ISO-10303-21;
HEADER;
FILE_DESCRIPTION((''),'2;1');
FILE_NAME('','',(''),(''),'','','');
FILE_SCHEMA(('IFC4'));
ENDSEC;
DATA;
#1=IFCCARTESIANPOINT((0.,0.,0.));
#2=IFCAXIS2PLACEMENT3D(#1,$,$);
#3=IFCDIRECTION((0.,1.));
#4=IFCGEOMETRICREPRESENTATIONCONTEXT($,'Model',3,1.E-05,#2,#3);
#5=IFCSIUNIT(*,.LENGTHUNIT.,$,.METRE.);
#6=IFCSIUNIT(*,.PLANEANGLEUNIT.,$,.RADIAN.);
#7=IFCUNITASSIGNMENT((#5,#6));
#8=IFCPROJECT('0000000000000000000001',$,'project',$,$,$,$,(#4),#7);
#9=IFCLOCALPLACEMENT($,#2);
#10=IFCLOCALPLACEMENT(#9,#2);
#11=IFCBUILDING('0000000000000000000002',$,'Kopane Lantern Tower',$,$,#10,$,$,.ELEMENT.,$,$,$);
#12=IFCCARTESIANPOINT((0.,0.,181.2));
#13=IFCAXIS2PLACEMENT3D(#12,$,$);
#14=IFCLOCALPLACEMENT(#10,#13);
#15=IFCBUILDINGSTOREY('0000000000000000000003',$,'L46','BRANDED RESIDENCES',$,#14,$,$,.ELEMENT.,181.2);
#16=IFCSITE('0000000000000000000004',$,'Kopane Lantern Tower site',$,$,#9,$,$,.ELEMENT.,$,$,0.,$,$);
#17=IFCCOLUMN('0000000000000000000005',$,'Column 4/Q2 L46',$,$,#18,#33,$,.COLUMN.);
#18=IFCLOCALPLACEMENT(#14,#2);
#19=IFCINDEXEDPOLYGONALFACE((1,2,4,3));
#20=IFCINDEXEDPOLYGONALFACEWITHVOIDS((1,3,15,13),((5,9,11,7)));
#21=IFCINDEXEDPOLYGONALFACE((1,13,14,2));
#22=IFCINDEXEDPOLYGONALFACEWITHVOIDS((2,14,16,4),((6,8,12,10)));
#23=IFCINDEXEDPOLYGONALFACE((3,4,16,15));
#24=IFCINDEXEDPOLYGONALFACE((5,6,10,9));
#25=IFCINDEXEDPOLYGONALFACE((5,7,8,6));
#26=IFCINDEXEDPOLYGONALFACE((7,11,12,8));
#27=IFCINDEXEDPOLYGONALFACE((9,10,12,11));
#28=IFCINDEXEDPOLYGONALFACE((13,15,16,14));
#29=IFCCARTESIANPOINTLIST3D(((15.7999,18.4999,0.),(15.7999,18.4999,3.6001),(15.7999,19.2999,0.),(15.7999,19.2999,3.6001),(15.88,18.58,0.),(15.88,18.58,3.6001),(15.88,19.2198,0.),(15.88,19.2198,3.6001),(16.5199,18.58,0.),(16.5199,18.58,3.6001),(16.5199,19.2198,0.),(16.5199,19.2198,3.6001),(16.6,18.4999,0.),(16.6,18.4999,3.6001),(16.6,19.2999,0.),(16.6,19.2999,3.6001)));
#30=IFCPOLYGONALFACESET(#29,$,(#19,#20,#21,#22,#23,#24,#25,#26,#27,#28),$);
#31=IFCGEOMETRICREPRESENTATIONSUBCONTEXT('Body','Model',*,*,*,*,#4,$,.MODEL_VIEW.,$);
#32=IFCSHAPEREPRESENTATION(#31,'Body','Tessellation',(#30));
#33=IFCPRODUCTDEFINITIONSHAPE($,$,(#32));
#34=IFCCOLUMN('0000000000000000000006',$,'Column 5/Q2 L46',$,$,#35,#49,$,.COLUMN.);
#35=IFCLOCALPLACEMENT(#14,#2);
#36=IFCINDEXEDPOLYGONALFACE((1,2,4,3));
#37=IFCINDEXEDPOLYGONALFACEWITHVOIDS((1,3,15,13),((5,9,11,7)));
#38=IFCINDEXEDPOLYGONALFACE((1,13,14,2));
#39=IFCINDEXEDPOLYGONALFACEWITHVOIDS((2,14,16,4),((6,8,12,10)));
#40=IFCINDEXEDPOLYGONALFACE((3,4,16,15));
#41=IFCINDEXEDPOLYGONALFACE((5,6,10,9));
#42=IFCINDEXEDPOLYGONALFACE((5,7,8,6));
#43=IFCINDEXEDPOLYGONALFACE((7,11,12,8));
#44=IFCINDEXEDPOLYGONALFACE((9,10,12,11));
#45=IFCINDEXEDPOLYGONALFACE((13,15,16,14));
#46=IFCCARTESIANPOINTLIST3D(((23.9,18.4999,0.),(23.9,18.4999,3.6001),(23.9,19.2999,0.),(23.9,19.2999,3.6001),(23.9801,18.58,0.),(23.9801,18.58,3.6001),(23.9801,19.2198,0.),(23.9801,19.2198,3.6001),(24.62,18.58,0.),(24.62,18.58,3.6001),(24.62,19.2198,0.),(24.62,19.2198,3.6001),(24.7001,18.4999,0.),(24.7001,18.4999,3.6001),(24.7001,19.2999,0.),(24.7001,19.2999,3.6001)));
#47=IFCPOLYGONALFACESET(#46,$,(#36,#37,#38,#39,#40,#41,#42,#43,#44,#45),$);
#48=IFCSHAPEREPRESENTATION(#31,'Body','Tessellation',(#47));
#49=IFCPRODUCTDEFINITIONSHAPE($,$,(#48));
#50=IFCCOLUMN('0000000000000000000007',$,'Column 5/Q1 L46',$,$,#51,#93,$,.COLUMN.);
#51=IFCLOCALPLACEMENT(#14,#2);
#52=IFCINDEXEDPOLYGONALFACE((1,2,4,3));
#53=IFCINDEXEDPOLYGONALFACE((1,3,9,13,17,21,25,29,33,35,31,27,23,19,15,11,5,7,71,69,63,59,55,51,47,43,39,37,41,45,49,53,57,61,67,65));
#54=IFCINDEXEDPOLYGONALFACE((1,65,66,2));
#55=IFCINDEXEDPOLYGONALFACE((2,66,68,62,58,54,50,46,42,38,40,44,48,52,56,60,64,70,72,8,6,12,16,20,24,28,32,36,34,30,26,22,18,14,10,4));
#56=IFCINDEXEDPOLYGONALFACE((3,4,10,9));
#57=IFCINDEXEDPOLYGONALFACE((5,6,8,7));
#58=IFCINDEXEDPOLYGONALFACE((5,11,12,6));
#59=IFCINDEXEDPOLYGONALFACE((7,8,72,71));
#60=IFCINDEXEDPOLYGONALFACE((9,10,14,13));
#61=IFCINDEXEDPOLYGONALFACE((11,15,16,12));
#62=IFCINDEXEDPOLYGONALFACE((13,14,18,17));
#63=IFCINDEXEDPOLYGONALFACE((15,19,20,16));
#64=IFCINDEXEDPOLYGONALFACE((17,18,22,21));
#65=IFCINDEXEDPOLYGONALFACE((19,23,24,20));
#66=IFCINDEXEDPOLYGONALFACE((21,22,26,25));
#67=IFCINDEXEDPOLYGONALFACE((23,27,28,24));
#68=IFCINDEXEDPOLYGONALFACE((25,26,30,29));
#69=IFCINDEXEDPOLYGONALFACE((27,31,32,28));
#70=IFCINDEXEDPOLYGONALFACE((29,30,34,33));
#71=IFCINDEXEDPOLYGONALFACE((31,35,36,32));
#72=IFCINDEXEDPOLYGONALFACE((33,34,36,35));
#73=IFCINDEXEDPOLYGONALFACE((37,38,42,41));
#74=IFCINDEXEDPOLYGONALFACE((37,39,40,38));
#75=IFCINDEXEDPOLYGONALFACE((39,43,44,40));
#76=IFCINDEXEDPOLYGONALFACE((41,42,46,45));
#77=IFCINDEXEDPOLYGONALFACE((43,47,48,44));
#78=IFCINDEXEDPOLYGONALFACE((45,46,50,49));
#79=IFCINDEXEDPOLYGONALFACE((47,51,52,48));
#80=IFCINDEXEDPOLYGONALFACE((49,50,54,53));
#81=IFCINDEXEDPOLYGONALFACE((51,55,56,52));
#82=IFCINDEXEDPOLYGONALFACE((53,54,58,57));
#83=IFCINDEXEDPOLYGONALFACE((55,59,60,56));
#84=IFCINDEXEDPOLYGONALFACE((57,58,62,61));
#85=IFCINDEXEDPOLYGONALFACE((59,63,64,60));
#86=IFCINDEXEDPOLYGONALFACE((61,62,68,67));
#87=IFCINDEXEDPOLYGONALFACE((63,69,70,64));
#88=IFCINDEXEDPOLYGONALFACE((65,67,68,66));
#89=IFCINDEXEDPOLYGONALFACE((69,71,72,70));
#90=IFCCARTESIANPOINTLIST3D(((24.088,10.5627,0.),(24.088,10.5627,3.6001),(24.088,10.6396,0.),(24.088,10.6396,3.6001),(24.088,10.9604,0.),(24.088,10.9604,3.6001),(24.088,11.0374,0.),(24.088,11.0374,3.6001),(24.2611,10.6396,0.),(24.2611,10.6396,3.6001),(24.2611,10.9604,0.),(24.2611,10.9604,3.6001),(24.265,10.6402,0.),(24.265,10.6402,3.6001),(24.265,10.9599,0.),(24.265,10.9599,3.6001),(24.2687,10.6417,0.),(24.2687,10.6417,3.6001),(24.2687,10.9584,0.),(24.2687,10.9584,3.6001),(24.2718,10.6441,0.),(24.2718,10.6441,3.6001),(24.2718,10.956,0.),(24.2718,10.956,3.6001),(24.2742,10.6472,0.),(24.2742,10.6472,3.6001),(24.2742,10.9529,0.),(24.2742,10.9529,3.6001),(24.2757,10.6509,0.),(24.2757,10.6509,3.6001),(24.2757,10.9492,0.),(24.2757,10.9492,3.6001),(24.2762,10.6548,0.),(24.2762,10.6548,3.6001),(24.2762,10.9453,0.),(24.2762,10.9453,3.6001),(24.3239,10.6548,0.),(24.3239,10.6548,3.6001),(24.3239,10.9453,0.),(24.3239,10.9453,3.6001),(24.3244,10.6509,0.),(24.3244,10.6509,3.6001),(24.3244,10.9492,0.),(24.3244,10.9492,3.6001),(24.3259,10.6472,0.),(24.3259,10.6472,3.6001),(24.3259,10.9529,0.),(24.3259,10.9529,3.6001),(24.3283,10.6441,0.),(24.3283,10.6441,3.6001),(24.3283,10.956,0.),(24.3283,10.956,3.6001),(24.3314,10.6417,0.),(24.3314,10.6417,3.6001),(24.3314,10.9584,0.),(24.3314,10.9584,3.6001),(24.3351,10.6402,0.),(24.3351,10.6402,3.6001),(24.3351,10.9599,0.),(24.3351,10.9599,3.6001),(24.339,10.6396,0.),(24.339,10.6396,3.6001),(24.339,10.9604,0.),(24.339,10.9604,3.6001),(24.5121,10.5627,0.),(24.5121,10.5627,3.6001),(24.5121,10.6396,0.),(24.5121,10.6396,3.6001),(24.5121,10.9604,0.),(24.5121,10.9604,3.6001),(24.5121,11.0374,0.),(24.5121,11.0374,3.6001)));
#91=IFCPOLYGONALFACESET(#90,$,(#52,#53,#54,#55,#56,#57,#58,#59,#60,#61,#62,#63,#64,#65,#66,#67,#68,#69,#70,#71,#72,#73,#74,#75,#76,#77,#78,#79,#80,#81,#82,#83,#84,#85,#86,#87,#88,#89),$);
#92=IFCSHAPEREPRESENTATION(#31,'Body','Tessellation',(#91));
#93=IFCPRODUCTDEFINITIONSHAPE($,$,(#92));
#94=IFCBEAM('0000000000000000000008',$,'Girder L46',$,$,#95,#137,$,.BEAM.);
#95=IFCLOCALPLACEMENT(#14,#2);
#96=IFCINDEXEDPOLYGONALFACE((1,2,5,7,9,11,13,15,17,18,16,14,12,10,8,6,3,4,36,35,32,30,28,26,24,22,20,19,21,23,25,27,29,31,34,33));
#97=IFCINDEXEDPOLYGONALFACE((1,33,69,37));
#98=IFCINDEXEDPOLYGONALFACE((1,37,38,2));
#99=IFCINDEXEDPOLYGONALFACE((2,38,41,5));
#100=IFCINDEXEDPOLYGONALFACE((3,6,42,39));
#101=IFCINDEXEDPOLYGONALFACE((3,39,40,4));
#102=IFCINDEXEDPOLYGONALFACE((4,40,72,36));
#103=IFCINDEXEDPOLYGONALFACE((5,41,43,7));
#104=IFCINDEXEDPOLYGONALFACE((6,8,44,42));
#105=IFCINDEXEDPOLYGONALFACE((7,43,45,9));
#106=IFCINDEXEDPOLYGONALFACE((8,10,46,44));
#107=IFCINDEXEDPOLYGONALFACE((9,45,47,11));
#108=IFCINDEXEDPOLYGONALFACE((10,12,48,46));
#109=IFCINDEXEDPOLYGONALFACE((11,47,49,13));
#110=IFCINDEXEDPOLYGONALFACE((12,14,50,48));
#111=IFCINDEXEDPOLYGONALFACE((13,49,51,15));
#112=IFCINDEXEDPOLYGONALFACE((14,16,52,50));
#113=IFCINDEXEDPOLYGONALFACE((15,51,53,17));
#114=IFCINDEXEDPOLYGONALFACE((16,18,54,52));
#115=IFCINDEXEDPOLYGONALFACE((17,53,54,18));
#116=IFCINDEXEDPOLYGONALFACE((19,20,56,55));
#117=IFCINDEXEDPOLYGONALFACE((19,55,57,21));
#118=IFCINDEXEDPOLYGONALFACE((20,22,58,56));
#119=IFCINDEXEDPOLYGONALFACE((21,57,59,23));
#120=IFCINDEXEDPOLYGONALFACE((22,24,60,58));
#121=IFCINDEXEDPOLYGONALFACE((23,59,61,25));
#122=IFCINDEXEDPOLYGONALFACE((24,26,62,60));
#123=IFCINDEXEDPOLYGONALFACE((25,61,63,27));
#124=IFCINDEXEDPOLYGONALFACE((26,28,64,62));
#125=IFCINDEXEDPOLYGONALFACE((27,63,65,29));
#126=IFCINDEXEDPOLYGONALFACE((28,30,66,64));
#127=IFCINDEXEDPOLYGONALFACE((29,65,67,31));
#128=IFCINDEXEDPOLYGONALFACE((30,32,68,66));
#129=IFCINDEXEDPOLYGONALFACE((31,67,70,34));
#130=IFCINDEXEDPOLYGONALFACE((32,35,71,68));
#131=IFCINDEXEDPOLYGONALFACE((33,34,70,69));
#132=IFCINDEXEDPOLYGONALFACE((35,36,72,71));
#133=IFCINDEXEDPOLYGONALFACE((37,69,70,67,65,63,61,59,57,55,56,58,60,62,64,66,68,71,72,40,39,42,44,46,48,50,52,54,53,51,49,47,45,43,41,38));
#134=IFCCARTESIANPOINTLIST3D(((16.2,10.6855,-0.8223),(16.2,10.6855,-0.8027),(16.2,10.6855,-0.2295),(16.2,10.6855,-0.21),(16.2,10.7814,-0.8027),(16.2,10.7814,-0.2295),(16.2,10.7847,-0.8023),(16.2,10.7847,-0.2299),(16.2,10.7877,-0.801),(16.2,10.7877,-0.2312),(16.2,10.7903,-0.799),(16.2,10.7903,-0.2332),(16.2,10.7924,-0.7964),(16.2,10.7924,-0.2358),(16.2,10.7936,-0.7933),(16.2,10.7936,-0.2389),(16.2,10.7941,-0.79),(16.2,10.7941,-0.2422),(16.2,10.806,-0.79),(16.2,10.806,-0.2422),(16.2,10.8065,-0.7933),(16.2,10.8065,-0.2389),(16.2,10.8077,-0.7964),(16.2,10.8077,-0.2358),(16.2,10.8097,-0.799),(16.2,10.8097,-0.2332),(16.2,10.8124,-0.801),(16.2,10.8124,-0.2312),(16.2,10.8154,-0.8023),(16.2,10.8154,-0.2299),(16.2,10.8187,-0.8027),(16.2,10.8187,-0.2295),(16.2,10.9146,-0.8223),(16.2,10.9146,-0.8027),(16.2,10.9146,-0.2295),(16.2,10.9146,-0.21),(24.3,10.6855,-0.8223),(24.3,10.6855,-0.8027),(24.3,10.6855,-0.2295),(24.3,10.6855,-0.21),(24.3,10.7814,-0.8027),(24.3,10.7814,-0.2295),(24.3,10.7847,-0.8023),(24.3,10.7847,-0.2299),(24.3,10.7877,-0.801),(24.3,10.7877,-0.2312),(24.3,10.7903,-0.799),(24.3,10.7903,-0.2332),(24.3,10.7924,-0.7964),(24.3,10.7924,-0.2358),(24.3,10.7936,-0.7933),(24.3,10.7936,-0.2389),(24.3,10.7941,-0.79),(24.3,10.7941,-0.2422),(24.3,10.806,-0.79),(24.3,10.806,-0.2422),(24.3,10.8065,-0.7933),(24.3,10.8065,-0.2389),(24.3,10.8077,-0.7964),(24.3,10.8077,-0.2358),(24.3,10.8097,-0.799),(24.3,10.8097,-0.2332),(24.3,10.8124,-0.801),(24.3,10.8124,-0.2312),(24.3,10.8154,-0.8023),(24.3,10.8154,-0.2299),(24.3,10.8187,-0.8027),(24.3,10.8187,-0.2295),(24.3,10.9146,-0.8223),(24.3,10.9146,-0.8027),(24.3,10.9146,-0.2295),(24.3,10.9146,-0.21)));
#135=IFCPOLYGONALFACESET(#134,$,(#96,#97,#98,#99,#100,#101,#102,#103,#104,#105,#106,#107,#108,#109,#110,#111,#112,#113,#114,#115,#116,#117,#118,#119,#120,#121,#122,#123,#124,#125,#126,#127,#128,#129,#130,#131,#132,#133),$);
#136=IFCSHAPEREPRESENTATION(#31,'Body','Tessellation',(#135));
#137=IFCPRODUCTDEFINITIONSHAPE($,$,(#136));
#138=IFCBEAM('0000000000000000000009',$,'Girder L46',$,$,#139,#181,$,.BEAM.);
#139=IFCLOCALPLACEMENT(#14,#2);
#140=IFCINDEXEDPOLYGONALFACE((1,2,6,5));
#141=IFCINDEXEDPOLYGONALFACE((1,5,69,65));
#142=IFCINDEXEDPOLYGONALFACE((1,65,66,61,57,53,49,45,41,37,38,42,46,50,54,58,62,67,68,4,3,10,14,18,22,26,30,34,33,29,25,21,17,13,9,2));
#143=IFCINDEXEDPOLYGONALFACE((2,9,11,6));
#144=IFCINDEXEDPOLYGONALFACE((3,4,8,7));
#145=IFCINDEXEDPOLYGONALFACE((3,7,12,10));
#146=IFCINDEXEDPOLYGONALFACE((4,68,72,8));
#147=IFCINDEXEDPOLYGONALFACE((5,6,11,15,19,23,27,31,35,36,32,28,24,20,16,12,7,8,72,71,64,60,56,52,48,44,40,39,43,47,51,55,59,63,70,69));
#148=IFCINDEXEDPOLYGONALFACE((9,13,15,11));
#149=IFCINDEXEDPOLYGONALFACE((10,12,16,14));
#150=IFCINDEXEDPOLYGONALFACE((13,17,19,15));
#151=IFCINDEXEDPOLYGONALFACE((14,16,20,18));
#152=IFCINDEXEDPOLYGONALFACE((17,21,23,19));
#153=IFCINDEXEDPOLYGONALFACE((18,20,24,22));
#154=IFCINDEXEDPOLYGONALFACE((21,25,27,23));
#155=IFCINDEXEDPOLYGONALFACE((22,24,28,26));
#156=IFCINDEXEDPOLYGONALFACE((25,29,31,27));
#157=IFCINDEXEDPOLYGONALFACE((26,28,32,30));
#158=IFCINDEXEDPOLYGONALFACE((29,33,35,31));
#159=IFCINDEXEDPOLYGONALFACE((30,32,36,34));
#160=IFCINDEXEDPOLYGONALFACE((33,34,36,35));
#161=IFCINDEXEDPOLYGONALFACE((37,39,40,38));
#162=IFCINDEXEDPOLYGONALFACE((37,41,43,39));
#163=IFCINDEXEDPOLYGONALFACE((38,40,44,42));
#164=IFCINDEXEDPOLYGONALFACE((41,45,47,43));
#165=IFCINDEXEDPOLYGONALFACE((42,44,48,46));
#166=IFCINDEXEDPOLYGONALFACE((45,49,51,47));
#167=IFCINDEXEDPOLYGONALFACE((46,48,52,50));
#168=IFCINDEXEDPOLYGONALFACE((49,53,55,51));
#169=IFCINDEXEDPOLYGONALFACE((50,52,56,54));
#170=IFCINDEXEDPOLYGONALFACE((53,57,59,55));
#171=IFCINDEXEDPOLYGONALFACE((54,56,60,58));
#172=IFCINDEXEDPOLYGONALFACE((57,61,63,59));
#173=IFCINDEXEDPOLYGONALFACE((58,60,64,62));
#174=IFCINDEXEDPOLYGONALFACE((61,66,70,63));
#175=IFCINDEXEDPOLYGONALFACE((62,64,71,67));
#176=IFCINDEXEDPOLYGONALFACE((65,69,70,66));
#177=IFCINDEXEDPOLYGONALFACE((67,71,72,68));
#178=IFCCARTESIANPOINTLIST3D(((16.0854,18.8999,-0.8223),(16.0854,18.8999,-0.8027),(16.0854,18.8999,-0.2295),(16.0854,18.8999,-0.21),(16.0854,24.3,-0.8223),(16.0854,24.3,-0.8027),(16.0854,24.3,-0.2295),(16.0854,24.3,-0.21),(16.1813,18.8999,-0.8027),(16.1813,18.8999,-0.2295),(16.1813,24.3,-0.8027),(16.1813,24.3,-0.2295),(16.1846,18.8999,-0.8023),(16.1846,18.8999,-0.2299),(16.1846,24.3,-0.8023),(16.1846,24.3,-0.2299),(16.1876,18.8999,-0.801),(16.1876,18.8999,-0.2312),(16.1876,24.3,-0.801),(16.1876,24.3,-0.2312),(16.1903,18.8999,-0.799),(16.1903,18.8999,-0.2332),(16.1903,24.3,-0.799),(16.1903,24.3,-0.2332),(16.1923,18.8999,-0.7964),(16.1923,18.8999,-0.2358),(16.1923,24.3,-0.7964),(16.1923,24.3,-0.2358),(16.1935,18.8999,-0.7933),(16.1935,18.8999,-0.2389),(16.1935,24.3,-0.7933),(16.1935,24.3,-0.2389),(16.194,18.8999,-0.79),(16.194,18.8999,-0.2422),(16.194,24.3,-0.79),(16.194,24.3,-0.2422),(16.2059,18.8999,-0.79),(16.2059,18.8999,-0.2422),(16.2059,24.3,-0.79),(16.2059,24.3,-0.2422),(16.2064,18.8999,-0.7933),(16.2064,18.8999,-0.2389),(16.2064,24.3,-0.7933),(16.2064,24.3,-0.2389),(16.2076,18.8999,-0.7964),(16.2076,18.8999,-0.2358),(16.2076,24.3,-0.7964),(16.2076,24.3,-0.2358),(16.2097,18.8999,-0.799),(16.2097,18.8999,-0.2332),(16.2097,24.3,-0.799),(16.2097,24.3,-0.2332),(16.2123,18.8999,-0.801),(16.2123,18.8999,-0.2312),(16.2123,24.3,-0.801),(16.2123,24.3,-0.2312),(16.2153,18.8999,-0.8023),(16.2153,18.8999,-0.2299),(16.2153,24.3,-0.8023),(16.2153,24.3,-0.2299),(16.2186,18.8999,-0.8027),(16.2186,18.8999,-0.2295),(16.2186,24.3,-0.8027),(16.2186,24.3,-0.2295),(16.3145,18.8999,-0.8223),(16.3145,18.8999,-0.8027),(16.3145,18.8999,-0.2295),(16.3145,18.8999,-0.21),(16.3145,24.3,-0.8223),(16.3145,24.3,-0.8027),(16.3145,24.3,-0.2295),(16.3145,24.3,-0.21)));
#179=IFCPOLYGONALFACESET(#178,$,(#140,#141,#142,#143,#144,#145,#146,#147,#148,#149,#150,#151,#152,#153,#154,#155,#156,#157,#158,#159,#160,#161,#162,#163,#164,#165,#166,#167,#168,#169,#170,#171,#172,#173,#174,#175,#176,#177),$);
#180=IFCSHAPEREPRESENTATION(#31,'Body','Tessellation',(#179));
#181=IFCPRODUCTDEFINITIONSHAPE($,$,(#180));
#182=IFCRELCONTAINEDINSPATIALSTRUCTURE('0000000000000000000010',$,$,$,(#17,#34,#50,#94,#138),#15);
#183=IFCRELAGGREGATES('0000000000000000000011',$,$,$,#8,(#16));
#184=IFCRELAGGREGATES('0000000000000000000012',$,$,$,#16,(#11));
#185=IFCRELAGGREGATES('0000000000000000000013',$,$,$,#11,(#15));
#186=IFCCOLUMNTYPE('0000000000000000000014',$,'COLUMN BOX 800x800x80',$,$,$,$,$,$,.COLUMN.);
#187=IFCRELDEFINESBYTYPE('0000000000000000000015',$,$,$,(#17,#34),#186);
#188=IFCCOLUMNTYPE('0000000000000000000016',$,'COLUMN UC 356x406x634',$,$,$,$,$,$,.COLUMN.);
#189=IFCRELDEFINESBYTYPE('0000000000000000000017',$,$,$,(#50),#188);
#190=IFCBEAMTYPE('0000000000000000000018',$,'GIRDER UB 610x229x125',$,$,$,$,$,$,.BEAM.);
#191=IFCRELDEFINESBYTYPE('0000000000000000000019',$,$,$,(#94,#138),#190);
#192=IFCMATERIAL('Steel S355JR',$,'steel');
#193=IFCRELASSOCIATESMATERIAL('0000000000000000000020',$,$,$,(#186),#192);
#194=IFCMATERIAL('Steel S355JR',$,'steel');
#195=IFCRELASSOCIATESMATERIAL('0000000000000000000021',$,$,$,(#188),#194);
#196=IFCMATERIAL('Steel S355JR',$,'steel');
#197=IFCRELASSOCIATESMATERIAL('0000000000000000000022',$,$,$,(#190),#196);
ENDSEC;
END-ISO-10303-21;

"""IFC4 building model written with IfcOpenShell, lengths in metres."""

from ifc_helpers import new_model, si_unit, direction, frame, origin, origin_2d, place, context, subcontext, project, spatial, hollow_rectangle, i_section, extrude, material, material_profile, profile_set, type_object, element, save


model = new_model("IFC4")

# Units and contexts
model_context = context("Model", 3, precision=1e-05, world=origin(), true_north=direction((0.0, 1.0)))
body_context = subcontext(model_context, "Body", "Model", "MODEL_VIEW")
ifc_project = project(units=[si_unit("LENGTHUNIT", "METRE"), si_unit("PLANEANGLEUNIT", "RADIAN")], contexts=[model_context])

# Site, building, storey
site_placement = place(None, origin())
site = spatial("IfcSite", under=ifc_project, at=site_placement, Name="Kopane Lantern Tower site", CompositionType="ELEMENT", RefElevation=0.0)
building_placement = place(site_placement, origin())
building = spatial("IfcBuilding", under=site, at=building_placement, Name="Kopane Lantern Tower", CompositionType="ELEMENT")
storey_placement = place(building_placement, frame((0.0, 0.0, 181.2)))
storey = spatial("IfcBuildingStorey", under=building, at=storey_placement, Name="L46", Description="BRANDED RESIDENCES", CompositionType="ELEMENT", Elevation=181.2)

# Columns
ifc_material_1 = material(Name="Steel S355JR", Category="steel")
ifc_material_profile_1 = material_profile(ifc_material_1, hollow_rectangle(XDim=0.8, YDim=0.8, WallThickness=0.0801, at=origin_2d()), Name="BOX 800x800x80")
ifc_profile_set_1 = profile_set([ifc_material_profile_1], Name="Steel S355JR")
column_type_1 = type_object("IfcColumnType", Name="COLUMN BOX 800x800x80", PredefinedType="COLUMN", material=ifc_profile_set_1)
for number, where, z_axis, x_axis, name in (
    (1, (16.2, 18.8999, 0.0), (0.0, 0.0, 1.0), (1.0, 0.0, 0.0), "Column 4/Q2 L46"),
    (2, (24.3, 18.8999, 0.0), (0.0, 0.0, 1.0), (1.0, 0.0, 0.0), "Column 5/Q2 L46"),
):
    element("IfcColumn", number, at=place(storey_placement, frame(where, z_axis=z_axis, x_axis=x_axis)), inside=storey, type_object=column_type_1, Name=name, PredefinedType="COLUMN", context=body_context, shape_type="SweptSolid", body=[
        extrude(hollow_rectangle(XDim=0.8, YDim=0.8, WallThickness=0.0801, at=origin_2d()), origin(), (0.0, 0.0, 1.0), 3.6001),
    ])
ifc_material_2 = material(Name="Steel S355JR", Category="steel")
ifc_material_profile_2 = material_profile(ifc_material_2, i_section(OverallWidth=0.4241, OverallDepth=0.4746, WebThickness=0.0476, FlangeThickness=0.0769, FilletRadius=0.0151, at=origin_2d()), Name="UC 356x406x634")
ifc_profile_set_2 = profile_set([ifc_material_profile_2], Name="Steel S355JR")
column_type_2 = type_object("IfcColumnType", Name="COLUMN UC 356x406x634", PredefinedType="COLUMN", material=ifc_profile_set_2)
column_placement = place(storey_placement, frame((24.3, 10.8, 0.0), z_axis=(0.0, 0.0, 1.0), x_axis=(1.0, 0.0, 0.0)))
element("IfcColumn", 3, at=column_placement, inside=storey, type_object=column_type_2, Name="Column 5/Q1 L46", PredefinedType="COLUMN", context=body_context, shape_type="SweptSolid", body=[
    extrude(i_section(OverallWidth=0.4241, OverallDepth=0.4746, WebThickness=0.0476, FlangeThickness=0.0769, FilletRadius=0.0151, at=origin_2d()), origin(), (0.0, 0.0, 1.0), 3.6001),
])

# Beams
ifc_material_3 = material(Name="Steel S355JR", Category="steel")
ifc_material_profile_3 = material_profile(ifc_material_3, i_section(OverallWidth=0.229, OverallDepth=0.6123, WebThickness=0.012, FlangeThickness=0.0195, FilletRadius=0.0127, at=origin_2d()), Name="UB 610x229x125")
ifc_profile_set_3 = profile_set([ifc_material_profile_3], Name="Steel S355JR")
beam_type = type_object("IfcBeamType", Name="GIRDER UB 610x229x125", PredefinedType="BEAM", material=ifc_profile_set_3)
beam_1_placement = place(storey_placement, frame((16.2, 10.8, -0.5161), z_axis=(1.0, 0.0, 0.0), x_axis=(0.0, 1.0, 0.0)))
element("IfcBeam", 4, at=beam_1_placement, inside=storey, type_object=beam_type, Name="Girder L46", PredefinedType="BEAM", context=body_context, shape_type="SweptSolid", body=[
    extrude(i_section(OverallWidth=0.229, OverallDepth=0.6123, WebThickness=0.012, FlangeThickness=0.0195, FilletRadius=0.0127, at=origin_2d()), origin(), (0.0, 0.0, 1.0), 8.1001),
])
beam_2_placement = place(storey_placement, frame((16.2, 18.8999, -0.5161), z_axis=(0.0, 1.0, 0.0), x_axis=(-1.0, 0.0, 0.0)))
element("IfcBeam", 5, at=beam_2_placement, inside=storey, type_object=beam_type, Name="Girder L46", PredefinedType="BEAM", context=body_context, shape_type="SweptSolid", body=[
    extrude(i_section(OverallWidth=0.229, OverallDepth=0.6123, WebThickness=0.012, FlangeThickness=0.0195, FilletRadius=0.0127, at=origin_2d()), origin(), (0.0, 0.0, 1.0), 5.4001),
])

save(model, "model.ifc")
